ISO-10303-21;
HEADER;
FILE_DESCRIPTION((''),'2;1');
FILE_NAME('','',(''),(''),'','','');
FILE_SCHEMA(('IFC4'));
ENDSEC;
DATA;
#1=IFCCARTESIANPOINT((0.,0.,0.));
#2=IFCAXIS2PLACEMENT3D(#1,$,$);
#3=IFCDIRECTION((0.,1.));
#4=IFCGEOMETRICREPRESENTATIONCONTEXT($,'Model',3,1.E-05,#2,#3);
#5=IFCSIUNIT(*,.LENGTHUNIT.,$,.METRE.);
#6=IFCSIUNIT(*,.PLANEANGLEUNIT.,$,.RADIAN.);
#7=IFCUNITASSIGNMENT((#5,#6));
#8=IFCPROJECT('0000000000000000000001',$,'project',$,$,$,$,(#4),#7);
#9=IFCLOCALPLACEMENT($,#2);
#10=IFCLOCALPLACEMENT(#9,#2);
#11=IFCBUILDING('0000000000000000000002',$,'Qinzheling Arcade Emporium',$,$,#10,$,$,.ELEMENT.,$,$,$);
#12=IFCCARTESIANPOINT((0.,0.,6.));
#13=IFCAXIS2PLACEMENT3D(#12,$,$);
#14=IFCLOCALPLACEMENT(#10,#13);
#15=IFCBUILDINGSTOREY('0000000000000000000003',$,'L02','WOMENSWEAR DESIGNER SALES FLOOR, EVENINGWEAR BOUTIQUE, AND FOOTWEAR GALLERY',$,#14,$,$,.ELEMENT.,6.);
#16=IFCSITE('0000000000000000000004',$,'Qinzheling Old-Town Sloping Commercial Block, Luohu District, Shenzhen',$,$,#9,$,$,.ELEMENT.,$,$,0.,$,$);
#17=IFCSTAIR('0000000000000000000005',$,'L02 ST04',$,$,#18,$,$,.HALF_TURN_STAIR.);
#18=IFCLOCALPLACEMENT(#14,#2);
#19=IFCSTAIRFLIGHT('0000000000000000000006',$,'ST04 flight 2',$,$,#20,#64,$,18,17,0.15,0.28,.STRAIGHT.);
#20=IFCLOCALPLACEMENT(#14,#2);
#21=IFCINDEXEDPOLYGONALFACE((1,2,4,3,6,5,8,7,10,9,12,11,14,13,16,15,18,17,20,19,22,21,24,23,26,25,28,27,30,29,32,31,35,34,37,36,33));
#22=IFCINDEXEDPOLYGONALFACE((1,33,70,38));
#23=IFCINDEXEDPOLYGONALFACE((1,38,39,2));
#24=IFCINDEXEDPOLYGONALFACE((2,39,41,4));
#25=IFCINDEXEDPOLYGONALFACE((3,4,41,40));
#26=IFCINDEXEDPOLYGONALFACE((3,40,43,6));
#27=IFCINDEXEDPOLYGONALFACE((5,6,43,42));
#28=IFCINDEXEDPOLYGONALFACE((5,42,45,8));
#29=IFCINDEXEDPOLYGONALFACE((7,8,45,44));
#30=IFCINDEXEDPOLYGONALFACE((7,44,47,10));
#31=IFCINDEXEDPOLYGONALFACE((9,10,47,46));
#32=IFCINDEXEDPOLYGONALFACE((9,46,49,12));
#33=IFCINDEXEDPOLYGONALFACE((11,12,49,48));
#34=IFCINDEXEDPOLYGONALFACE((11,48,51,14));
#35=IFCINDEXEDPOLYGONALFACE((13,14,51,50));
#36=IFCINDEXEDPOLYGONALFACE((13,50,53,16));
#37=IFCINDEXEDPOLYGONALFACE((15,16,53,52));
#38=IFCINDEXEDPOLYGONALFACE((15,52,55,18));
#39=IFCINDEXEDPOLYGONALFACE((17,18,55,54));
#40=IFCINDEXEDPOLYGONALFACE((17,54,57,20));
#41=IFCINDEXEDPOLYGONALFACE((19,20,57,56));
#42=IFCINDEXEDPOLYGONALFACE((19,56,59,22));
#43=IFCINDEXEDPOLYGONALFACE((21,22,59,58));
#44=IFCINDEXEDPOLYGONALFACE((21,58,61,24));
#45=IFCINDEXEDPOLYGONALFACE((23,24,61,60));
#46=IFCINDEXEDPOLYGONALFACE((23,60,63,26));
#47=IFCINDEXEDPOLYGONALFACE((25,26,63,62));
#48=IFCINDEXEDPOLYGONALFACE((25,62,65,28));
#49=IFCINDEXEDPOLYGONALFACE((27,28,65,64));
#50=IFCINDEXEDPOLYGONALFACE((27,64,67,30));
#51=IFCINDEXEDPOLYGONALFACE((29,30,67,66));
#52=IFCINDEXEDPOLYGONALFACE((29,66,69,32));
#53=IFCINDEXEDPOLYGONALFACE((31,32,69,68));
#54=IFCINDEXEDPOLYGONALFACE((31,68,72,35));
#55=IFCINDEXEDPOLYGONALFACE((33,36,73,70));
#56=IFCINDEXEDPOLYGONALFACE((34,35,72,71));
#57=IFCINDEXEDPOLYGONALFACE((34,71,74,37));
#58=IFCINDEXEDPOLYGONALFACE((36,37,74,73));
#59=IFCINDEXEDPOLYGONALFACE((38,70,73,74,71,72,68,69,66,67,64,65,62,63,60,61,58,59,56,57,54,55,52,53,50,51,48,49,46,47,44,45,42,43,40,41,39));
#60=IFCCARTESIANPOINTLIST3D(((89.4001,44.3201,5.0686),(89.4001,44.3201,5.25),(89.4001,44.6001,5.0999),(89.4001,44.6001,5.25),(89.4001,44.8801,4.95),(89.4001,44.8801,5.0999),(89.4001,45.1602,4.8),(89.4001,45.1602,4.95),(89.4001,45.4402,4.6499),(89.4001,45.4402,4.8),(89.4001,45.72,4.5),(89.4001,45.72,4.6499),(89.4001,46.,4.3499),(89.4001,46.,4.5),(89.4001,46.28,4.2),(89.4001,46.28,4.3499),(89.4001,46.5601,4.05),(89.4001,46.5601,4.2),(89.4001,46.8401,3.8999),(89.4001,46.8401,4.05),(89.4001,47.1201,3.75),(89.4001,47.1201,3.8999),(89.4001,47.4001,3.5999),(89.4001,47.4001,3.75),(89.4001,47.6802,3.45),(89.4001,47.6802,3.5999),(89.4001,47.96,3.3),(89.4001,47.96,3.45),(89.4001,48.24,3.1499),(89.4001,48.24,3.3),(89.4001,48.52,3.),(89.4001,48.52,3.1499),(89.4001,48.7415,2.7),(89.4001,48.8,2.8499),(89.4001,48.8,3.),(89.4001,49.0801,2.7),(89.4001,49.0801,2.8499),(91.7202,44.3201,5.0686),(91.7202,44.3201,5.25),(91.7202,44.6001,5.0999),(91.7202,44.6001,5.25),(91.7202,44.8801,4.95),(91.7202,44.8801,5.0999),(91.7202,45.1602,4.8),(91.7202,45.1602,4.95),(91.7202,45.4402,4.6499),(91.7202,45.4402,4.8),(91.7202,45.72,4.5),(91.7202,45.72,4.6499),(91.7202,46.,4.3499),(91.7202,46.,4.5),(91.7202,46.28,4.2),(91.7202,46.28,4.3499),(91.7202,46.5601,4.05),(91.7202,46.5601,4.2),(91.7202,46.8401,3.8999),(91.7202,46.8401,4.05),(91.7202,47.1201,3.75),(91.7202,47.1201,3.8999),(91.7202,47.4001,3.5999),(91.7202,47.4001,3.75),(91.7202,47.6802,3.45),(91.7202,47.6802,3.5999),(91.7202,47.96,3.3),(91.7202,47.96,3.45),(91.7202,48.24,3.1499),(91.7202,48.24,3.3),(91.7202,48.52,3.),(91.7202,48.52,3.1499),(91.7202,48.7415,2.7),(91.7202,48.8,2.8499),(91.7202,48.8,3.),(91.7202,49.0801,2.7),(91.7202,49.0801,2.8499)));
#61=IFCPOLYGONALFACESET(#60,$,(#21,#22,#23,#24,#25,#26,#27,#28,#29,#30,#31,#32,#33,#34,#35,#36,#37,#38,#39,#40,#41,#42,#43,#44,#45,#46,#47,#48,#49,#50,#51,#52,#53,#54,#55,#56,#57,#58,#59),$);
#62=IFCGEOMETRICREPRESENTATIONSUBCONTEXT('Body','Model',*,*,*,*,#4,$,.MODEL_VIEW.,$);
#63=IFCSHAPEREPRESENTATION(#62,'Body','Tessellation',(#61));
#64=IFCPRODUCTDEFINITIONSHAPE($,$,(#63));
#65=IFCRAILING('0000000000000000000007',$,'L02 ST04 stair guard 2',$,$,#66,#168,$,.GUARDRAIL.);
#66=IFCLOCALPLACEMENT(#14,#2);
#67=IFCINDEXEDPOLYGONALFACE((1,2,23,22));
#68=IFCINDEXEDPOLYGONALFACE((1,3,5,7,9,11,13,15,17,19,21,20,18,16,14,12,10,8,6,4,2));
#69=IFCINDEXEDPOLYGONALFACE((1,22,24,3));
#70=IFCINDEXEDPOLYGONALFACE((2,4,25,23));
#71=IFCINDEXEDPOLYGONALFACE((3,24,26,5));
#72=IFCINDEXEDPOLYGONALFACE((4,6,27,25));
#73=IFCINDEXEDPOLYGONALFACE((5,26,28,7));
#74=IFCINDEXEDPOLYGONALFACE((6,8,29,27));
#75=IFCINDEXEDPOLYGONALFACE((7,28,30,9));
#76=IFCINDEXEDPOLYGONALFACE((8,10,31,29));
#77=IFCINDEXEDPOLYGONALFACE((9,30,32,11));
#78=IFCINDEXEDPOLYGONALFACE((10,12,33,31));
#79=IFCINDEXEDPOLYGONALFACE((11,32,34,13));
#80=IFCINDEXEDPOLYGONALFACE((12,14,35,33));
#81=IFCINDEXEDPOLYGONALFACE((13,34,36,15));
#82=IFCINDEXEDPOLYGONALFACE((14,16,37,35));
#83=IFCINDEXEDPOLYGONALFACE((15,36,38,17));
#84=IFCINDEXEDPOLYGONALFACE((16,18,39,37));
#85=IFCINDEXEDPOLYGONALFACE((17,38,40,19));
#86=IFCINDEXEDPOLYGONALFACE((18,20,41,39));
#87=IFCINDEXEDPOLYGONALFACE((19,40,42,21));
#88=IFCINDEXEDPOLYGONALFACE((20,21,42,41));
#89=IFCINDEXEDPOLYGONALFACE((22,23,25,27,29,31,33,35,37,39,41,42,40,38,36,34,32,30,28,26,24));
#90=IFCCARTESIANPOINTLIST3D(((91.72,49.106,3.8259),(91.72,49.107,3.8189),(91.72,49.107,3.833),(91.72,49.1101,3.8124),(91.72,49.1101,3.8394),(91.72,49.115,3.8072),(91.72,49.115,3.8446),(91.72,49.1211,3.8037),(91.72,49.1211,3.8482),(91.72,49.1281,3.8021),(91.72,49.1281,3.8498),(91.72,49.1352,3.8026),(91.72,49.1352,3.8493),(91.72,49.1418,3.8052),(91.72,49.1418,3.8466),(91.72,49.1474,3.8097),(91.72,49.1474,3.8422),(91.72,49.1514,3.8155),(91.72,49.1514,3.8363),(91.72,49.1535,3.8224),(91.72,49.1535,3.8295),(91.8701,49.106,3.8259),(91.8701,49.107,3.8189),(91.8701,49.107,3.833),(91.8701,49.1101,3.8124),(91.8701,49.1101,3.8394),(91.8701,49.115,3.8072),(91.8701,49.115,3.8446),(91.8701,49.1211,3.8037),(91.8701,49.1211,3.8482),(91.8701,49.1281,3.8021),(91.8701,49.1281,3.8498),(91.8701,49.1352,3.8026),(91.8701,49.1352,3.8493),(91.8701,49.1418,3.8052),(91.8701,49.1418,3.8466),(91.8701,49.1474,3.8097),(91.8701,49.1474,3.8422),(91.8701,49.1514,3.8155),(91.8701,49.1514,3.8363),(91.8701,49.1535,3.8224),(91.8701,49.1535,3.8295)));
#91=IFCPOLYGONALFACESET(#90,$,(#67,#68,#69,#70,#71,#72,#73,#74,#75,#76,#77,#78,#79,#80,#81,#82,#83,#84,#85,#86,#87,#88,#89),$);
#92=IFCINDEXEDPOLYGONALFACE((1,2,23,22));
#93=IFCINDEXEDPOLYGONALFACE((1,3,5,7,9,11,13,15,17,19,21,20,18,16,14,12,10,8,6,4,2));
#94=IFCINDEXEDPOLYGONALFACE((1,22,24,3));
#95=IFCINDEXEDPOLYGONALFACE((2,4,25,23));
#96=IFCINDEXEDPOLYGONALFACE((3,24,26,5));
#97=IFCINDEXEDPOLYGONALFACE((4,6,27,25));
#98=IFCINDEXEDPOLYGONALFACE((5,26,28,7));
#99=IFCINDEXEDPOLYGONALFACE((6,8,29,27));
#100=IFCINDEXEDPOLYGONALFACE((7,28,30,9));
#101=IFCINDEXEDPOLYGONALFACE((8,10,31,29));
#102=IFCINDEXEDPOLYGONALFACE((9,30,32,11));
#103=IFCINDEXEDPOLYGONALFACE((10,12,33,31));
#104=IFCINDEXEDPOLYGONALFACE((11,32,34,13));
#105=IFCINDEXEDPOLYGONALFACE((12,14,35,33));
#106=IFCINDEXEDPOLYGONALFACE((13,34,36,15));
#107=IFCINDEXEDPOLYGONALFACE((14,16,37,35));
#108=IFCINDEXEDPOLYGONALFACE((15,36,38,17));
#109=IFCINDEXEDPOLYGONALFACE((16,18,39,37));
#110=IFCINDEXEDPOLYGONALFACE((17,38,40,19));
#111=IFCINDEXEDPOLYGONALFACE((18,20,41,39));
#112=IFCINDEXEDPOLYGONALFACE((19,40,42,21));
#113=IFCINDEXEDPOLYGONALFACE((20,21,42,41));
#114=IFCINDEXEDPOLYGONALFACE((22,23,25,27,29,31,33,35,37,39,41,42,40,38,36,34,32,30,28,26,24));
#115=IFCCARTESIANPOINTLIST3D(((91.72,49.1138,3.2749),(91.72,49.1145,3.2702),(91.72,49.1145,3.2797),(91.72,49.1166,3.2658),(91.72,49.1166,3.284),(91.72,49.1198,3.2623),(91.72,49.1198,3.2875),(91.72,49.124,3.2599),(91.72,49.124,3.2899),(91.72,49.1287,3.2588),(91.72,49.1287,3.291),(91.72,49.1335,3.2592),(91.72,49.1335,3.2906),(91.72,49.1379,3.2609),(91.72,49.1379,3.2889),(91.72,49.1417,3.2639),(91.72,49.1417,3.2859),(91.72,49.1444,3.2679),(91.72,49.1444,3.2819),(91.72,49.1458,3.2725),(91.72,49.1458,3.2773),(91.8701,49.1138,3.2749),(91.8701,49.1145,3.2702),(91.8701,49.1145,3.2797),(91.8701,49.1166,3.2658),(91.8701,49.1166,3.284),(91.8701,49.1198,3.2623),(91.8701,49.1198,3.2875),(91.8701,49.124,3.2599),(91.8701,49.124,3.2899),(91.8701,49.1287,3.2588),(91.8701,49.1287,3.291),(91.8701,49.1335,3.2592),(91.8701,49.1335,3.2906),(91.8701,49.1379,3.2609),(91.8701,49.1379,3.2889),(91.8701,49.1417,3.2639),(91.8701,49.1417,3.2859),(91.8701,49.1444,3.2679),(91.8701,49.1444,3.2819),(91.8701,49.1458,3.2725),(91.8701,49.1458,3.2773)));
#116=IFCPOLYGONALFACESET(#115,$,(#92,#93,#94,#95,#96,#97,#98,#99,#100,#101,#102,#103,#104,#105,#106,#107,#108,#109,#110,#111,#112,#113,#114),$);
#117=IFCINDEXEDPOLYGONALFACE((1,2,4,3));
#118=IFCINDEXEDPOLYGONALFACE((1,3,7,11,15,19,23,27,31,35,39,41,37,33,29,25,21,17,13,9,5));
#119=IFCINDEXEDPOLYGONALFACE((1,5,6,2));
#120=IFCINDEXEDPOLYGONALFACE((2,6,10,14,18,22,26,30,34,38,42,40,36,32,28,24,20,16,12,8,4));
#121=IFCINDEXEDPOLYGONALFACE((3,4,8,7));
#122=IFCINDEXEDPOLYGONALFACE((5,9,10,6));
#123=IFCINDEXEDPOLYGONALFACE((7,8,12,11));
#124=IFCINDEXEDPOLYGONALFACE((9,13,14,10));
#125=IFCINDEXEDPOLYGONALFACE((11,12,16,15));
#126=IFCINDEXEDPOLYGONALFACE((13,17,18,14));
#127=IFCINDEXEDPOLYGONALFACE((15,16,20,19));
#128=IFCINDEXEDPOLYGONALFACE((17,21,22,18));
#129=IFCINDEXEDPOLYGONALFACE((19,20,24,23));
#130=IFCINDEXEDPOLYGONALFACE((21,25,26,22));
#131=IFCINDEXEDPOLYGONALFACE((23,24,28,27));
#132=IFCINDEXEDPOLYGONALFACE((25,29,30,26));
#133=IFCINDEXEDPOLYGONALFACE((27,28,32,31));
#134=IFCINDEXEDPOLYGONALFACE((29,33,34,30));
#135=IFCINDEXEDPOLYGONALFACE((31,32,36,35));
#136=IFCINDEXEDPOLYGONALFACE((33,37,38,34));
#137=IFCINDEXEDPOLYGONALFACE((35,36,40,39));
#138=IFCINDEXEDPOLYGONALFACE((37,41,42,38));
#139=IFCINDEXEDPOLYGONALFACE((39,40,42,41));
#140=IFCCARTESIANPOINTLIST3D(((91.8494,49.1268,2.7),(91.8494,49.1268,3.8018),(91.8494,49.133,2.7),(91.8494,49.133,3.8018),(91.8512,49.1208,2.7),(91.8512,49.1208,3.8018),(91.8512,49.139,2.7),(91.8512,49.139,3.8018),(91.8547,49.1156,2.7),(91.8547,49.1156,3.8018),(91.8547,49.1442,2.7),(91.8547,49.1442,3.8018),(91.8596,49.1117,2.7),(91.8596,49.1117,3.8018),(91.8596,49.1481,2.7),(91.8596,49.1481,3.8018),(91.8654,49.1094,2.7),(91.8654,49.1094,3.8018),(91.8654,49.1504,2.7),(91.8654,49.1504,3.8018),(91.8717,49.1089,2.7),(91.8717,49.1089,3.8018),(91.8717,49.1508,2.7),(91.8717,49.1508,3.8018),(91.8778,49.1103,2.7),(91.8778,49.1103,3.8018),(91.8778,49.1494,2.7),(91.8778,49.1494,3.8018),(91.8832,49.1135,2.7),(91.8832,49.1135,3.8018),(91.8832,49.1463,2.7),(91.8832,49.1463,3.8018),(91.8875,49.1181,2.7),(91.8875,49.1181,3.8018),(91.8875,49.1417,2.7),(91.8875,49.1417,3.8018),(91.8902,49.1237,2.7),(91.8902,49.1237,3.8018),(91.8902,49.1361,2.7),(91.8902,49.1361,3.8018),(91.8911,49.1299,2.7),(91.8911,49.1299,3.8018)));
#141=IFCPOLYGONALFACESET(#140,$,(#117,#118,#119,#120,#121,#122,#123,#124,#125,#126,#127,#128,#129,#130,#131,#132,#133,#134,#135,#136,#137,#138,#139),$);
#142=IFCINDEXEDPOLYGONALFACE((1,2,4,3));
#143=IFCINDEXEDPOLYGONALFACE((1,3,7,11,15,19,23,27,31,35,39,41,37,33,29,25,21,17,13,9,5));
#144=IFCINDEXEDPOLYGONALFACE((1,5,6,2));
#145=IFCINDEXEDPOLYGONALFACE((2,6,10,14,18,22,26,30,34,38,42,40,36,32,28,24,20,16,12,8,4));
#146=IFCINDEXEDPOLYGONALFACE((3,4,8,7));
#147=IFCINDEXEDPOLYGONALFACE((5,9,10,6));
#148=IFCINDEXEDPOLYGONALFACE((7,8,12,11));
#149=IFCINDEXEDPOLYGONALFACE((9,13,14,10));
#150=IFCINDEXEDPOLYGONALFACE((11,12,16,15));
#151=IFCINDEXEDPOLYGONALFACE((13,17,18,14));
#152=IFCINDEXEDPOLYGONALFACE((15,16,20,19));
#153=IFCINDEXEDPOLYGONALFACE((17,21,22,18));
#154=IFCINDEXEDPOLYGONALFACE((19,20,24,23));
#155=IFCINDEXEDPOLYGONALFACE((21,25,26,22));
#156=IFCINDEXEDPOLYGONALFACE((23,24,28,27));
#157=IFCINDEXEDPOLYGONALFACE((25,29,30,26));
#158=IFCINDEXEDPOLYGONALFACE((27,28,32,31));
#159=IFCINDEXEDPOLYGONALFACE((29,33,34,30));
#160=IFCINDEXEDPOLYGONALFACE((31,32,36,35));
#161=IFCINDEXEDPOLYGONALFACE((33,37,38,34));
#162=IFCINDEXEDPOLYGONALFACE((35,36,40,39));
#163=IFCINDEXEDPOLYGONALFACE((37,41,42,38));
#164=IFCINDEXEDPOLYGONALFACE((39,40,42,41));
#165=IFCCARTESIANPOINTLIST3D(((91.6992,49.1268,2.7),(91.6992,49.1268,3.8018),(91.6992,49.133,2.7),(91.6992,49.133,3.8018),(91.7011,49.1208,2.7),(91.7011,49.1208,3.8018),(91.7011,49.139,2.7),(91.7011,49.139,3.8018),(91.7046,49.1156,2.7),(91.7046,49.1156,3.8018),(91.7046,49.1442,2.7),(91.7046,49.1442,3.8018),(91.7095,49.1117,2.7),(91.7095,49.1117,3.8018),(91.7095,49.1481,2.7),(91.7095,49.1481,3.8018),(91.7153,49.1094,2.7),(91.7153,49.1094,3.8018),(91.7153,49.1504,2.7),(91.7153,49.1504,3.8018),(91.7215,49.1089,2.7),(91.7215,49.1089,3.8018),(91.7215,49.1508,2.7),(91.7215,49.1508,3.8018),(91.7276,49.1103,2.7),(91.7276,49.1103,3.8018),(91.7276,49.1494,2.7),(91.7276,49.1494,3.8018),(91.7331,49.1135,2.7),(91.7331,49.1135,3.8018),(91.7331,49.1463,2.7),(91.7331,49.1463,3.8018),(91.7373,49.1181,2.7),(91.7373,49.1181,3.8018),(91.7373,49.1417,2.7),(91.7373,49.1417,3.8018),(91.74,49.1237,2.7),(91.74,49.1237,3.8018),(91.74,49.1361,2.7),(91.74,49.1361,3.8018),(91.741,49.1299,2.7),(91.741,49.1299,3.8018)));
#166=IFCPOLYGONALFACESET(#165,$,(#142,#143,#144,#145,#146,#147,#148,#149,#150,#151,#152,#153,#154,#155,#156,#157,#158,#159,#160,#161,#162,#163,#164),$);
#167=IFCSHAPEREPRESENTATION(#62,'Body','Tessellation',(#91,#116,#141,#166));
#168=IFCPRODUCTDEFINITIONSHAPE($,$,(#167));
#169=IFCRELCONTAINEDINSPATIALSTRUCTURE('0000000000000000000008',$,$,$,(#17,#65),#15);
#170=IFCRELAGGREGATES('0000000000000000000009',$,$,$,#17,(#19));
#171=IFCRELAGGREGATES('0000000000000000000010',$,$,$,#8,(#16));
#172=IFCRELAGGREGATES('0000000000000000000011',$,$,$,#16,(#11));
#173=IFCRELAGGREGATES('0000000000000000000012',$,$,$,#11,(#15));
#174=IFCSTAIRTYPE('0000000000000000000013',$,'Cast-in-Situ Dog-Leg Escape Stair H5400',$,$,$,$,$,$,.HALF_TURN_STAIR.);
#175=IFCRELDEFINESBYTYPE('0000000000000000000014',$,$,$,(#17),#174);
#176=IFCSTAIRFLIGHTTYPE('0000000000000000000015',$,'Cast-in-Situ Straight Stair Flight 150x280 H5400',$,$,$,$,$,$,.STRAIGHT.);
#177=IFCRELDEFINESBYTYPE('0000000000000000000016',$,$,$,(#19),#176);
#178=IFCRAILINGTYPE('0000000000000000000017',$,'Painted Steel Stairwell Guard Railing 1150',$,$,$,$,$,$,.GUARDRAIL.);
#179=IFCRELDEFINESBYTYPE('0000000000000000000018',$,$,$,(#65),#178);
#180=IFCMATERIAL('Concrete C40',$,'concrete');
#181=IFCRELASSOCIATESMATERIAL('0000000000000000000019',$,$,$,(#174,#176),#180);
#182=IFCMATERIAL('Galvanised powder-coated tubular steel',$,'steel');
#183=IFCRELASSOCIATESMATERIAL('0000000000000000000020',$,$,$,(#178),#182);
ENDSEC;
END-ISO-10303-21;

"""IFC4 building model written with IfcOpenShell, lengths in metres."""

from ifc_helpers import new_model, si_unit, direction, frame, origin, origin_2d, place, context, subcontext, project, spatial, polyline, circle, outline, extrude, material, type_object, element, aggregate, save


model = new_model("IFC4")

# Units and contexts
model_context = context("Model", 3, precision=1e-05, world=origin(), true_north=direction((0.0, 1.0)))
body_context = subcontext(model_context, "Body", "Model", "MODEL_VIEW")
ifc_project = project(units=[si_unit("LENGTHUNIT", "METRE"), si_unit("PLANEANGLEUNIT", "RADIAN")], contexts=[model_context])

# Site, building, storey
site_placement = place(None, origin())
site = spatial("IfcSite", under=ifc_project, at=site_placement, Name="Qinzheling Old-Town Sloping Commercial Block, Luohu District, Shenzhen", CompositionType="ELEMENT", RefElevation=0.0)
building_placement = place(site_placement, origin())
building = spatial("IfcBuilding", under=site, at=building_placement, Name="Qinzheling Arcade Emporium", CompositionType="ELEMENT")
storey_placement = place(building_placement, frame((0.0, 0.0, 6.0)))
storey = spatial("IfcBuildingStorey", under=building, at=storey_placement, Name="L02", Description="WOMENSWEAR DESIGNER SALES FLOOR, EVENINGWEAR BOUTIQUE, AND FOOTWEAR GALLERY", CompositionType="ELEMENT", Elevation=6.0)

# Shared definitions
ifc_material_1 = material(Name="Concrete C40", Category="concrete")

# Stair, stair flight
stair_type = type_object("IfcStairType", Name="Cast-in-Situ Dog-Leg Escape Stair H5400", PredefinedType="HALF_TURN_STAIR", material=ifc_material_1)
stair_placement = place(storey_placement, origin())
stair = element("IfcStair", 1, at=stair_placement, inside=storey, type_object=stair_type, Name="L02 ST04", PredefinedType="HALF_TURN_STAIR")
stair_flight_type = type_object("IfcStairFlightType", Name="Cast-in-Situ Straight Stair Flight 150x280 H5400", PredefinedType="STRAIGHT", material=ifc_material_1)
stair_flight_placement = place(storey_placement, frame((90.5601, 49.0801, 2.7), z_axis=(0.0, 0.0, 1.0), x_axis=(0.0, -1.0, 0.0)))
stair_flight = element("IfcStairFlight", 2, at=stair_flight_placement, type_object=stair_flight_type, Name="ST04 flight 2", NumberOfRisers=18, NumberOfTreads=17, PredefinedType="STRAIGHT", RiserHeight=0.15, TreadLength=0.28, context=body_context, shape_type="SweptSolid", body=[
    extrude(outline(polyline([(0.0, 0.0), (0.0, 0.1499), (0.28, 0.1499), (0.28, 0.3), (0.5601, 0.3), (0.5601, 0.45), (0.8401, 0.45), (0.8401, 0.6001), (1.1201, 0.6001), (1.1201, 0.75), (1.3999, 0.75), (1.3999, 0.8999), (1.6799, 0.8999), (1.6799, 1.05), (1.96, 1.05), (1.96, 1.2), (2.24, 1.2), (2.24, 1.3501), (2.52, 1.3501), (2.52, 1.5), (2.8, 1.5), (2.8, 1.6499), (3.0801, 1.6499), (3.0801, 1.8), (3.3601, 1.8), (3.3601, 1.95), (3.6399, 1.95), (3.6399, 2.1001), (3.9199, 2.1001), (3.9199, 2.25), (4.2, 2.25), (4.2, 2.3999), (4.48, 2.3999), (4.48, 2.55), (4.76, 2.55), (4.76, 2.7), (4.76, 2.3687), (0.3386, 0.0), (0.0, 0.0)])), frame((0.0, 1.1602, 0.0), z_axis=(0.0, -1.0, 0.0), x_axis=(1.0, 0.0, 0.0)), (0.0, 0.0, 1.0), 2.3201),
])
aggregate(stair, [stair_flight])

# Railing
ifc_material_2 = material(Name="Galvanised powder-coated tubular steel", Category="steel")
railing_type_1 = type_object("IfcRailingType", Name="Painted Steel Stairwell Guard Railing 1150", PredefinedType="GUARDRAIL", material=ifc_material_2)
railing_1_placement = place(storey_placement, frame((91.8701, 49.1299, 2.7)))
element("IfcRailing", 3, at=railing_1_placement, inside=storey, type_object=railing_type_1, Name="L02 ST04 stair guard 2", PredefinedType="GUARDRAIL", context=body_context, shape_type="SweptSolid", body=[
    extrude(circle(Radius=0.0239, at=origin_2d()), frame((0.0, 0.0, 1.126), z_axis=(-1.0, 0.0, 0.0), x_axis=(0.0, -1.0, 0.0)), (0.0, 0.0, 1.0), 0.1501),
    extrude(circle(Radius=0.0161, at=origin_2d()), frame((0.0, 0.0, 0.575), z_axis=(-1.0, 0.0, 0.0), x_axis=(0.0, -1.0, 0.0)), (0.0, 0.0, 1.0), 0.1501),
    extrude(circle(Radius=0.021, at=origin_2d()), origin(), (0.0, 0.0, 1.0), 1.1018),
    extrude(circle(Radius=0.021, at=origin_2d()), frame((-0.1501, 0.0, 0.0)), (0.0, 0.0, 1.0), 1.1018),
])

save(model, "model.ifc")
